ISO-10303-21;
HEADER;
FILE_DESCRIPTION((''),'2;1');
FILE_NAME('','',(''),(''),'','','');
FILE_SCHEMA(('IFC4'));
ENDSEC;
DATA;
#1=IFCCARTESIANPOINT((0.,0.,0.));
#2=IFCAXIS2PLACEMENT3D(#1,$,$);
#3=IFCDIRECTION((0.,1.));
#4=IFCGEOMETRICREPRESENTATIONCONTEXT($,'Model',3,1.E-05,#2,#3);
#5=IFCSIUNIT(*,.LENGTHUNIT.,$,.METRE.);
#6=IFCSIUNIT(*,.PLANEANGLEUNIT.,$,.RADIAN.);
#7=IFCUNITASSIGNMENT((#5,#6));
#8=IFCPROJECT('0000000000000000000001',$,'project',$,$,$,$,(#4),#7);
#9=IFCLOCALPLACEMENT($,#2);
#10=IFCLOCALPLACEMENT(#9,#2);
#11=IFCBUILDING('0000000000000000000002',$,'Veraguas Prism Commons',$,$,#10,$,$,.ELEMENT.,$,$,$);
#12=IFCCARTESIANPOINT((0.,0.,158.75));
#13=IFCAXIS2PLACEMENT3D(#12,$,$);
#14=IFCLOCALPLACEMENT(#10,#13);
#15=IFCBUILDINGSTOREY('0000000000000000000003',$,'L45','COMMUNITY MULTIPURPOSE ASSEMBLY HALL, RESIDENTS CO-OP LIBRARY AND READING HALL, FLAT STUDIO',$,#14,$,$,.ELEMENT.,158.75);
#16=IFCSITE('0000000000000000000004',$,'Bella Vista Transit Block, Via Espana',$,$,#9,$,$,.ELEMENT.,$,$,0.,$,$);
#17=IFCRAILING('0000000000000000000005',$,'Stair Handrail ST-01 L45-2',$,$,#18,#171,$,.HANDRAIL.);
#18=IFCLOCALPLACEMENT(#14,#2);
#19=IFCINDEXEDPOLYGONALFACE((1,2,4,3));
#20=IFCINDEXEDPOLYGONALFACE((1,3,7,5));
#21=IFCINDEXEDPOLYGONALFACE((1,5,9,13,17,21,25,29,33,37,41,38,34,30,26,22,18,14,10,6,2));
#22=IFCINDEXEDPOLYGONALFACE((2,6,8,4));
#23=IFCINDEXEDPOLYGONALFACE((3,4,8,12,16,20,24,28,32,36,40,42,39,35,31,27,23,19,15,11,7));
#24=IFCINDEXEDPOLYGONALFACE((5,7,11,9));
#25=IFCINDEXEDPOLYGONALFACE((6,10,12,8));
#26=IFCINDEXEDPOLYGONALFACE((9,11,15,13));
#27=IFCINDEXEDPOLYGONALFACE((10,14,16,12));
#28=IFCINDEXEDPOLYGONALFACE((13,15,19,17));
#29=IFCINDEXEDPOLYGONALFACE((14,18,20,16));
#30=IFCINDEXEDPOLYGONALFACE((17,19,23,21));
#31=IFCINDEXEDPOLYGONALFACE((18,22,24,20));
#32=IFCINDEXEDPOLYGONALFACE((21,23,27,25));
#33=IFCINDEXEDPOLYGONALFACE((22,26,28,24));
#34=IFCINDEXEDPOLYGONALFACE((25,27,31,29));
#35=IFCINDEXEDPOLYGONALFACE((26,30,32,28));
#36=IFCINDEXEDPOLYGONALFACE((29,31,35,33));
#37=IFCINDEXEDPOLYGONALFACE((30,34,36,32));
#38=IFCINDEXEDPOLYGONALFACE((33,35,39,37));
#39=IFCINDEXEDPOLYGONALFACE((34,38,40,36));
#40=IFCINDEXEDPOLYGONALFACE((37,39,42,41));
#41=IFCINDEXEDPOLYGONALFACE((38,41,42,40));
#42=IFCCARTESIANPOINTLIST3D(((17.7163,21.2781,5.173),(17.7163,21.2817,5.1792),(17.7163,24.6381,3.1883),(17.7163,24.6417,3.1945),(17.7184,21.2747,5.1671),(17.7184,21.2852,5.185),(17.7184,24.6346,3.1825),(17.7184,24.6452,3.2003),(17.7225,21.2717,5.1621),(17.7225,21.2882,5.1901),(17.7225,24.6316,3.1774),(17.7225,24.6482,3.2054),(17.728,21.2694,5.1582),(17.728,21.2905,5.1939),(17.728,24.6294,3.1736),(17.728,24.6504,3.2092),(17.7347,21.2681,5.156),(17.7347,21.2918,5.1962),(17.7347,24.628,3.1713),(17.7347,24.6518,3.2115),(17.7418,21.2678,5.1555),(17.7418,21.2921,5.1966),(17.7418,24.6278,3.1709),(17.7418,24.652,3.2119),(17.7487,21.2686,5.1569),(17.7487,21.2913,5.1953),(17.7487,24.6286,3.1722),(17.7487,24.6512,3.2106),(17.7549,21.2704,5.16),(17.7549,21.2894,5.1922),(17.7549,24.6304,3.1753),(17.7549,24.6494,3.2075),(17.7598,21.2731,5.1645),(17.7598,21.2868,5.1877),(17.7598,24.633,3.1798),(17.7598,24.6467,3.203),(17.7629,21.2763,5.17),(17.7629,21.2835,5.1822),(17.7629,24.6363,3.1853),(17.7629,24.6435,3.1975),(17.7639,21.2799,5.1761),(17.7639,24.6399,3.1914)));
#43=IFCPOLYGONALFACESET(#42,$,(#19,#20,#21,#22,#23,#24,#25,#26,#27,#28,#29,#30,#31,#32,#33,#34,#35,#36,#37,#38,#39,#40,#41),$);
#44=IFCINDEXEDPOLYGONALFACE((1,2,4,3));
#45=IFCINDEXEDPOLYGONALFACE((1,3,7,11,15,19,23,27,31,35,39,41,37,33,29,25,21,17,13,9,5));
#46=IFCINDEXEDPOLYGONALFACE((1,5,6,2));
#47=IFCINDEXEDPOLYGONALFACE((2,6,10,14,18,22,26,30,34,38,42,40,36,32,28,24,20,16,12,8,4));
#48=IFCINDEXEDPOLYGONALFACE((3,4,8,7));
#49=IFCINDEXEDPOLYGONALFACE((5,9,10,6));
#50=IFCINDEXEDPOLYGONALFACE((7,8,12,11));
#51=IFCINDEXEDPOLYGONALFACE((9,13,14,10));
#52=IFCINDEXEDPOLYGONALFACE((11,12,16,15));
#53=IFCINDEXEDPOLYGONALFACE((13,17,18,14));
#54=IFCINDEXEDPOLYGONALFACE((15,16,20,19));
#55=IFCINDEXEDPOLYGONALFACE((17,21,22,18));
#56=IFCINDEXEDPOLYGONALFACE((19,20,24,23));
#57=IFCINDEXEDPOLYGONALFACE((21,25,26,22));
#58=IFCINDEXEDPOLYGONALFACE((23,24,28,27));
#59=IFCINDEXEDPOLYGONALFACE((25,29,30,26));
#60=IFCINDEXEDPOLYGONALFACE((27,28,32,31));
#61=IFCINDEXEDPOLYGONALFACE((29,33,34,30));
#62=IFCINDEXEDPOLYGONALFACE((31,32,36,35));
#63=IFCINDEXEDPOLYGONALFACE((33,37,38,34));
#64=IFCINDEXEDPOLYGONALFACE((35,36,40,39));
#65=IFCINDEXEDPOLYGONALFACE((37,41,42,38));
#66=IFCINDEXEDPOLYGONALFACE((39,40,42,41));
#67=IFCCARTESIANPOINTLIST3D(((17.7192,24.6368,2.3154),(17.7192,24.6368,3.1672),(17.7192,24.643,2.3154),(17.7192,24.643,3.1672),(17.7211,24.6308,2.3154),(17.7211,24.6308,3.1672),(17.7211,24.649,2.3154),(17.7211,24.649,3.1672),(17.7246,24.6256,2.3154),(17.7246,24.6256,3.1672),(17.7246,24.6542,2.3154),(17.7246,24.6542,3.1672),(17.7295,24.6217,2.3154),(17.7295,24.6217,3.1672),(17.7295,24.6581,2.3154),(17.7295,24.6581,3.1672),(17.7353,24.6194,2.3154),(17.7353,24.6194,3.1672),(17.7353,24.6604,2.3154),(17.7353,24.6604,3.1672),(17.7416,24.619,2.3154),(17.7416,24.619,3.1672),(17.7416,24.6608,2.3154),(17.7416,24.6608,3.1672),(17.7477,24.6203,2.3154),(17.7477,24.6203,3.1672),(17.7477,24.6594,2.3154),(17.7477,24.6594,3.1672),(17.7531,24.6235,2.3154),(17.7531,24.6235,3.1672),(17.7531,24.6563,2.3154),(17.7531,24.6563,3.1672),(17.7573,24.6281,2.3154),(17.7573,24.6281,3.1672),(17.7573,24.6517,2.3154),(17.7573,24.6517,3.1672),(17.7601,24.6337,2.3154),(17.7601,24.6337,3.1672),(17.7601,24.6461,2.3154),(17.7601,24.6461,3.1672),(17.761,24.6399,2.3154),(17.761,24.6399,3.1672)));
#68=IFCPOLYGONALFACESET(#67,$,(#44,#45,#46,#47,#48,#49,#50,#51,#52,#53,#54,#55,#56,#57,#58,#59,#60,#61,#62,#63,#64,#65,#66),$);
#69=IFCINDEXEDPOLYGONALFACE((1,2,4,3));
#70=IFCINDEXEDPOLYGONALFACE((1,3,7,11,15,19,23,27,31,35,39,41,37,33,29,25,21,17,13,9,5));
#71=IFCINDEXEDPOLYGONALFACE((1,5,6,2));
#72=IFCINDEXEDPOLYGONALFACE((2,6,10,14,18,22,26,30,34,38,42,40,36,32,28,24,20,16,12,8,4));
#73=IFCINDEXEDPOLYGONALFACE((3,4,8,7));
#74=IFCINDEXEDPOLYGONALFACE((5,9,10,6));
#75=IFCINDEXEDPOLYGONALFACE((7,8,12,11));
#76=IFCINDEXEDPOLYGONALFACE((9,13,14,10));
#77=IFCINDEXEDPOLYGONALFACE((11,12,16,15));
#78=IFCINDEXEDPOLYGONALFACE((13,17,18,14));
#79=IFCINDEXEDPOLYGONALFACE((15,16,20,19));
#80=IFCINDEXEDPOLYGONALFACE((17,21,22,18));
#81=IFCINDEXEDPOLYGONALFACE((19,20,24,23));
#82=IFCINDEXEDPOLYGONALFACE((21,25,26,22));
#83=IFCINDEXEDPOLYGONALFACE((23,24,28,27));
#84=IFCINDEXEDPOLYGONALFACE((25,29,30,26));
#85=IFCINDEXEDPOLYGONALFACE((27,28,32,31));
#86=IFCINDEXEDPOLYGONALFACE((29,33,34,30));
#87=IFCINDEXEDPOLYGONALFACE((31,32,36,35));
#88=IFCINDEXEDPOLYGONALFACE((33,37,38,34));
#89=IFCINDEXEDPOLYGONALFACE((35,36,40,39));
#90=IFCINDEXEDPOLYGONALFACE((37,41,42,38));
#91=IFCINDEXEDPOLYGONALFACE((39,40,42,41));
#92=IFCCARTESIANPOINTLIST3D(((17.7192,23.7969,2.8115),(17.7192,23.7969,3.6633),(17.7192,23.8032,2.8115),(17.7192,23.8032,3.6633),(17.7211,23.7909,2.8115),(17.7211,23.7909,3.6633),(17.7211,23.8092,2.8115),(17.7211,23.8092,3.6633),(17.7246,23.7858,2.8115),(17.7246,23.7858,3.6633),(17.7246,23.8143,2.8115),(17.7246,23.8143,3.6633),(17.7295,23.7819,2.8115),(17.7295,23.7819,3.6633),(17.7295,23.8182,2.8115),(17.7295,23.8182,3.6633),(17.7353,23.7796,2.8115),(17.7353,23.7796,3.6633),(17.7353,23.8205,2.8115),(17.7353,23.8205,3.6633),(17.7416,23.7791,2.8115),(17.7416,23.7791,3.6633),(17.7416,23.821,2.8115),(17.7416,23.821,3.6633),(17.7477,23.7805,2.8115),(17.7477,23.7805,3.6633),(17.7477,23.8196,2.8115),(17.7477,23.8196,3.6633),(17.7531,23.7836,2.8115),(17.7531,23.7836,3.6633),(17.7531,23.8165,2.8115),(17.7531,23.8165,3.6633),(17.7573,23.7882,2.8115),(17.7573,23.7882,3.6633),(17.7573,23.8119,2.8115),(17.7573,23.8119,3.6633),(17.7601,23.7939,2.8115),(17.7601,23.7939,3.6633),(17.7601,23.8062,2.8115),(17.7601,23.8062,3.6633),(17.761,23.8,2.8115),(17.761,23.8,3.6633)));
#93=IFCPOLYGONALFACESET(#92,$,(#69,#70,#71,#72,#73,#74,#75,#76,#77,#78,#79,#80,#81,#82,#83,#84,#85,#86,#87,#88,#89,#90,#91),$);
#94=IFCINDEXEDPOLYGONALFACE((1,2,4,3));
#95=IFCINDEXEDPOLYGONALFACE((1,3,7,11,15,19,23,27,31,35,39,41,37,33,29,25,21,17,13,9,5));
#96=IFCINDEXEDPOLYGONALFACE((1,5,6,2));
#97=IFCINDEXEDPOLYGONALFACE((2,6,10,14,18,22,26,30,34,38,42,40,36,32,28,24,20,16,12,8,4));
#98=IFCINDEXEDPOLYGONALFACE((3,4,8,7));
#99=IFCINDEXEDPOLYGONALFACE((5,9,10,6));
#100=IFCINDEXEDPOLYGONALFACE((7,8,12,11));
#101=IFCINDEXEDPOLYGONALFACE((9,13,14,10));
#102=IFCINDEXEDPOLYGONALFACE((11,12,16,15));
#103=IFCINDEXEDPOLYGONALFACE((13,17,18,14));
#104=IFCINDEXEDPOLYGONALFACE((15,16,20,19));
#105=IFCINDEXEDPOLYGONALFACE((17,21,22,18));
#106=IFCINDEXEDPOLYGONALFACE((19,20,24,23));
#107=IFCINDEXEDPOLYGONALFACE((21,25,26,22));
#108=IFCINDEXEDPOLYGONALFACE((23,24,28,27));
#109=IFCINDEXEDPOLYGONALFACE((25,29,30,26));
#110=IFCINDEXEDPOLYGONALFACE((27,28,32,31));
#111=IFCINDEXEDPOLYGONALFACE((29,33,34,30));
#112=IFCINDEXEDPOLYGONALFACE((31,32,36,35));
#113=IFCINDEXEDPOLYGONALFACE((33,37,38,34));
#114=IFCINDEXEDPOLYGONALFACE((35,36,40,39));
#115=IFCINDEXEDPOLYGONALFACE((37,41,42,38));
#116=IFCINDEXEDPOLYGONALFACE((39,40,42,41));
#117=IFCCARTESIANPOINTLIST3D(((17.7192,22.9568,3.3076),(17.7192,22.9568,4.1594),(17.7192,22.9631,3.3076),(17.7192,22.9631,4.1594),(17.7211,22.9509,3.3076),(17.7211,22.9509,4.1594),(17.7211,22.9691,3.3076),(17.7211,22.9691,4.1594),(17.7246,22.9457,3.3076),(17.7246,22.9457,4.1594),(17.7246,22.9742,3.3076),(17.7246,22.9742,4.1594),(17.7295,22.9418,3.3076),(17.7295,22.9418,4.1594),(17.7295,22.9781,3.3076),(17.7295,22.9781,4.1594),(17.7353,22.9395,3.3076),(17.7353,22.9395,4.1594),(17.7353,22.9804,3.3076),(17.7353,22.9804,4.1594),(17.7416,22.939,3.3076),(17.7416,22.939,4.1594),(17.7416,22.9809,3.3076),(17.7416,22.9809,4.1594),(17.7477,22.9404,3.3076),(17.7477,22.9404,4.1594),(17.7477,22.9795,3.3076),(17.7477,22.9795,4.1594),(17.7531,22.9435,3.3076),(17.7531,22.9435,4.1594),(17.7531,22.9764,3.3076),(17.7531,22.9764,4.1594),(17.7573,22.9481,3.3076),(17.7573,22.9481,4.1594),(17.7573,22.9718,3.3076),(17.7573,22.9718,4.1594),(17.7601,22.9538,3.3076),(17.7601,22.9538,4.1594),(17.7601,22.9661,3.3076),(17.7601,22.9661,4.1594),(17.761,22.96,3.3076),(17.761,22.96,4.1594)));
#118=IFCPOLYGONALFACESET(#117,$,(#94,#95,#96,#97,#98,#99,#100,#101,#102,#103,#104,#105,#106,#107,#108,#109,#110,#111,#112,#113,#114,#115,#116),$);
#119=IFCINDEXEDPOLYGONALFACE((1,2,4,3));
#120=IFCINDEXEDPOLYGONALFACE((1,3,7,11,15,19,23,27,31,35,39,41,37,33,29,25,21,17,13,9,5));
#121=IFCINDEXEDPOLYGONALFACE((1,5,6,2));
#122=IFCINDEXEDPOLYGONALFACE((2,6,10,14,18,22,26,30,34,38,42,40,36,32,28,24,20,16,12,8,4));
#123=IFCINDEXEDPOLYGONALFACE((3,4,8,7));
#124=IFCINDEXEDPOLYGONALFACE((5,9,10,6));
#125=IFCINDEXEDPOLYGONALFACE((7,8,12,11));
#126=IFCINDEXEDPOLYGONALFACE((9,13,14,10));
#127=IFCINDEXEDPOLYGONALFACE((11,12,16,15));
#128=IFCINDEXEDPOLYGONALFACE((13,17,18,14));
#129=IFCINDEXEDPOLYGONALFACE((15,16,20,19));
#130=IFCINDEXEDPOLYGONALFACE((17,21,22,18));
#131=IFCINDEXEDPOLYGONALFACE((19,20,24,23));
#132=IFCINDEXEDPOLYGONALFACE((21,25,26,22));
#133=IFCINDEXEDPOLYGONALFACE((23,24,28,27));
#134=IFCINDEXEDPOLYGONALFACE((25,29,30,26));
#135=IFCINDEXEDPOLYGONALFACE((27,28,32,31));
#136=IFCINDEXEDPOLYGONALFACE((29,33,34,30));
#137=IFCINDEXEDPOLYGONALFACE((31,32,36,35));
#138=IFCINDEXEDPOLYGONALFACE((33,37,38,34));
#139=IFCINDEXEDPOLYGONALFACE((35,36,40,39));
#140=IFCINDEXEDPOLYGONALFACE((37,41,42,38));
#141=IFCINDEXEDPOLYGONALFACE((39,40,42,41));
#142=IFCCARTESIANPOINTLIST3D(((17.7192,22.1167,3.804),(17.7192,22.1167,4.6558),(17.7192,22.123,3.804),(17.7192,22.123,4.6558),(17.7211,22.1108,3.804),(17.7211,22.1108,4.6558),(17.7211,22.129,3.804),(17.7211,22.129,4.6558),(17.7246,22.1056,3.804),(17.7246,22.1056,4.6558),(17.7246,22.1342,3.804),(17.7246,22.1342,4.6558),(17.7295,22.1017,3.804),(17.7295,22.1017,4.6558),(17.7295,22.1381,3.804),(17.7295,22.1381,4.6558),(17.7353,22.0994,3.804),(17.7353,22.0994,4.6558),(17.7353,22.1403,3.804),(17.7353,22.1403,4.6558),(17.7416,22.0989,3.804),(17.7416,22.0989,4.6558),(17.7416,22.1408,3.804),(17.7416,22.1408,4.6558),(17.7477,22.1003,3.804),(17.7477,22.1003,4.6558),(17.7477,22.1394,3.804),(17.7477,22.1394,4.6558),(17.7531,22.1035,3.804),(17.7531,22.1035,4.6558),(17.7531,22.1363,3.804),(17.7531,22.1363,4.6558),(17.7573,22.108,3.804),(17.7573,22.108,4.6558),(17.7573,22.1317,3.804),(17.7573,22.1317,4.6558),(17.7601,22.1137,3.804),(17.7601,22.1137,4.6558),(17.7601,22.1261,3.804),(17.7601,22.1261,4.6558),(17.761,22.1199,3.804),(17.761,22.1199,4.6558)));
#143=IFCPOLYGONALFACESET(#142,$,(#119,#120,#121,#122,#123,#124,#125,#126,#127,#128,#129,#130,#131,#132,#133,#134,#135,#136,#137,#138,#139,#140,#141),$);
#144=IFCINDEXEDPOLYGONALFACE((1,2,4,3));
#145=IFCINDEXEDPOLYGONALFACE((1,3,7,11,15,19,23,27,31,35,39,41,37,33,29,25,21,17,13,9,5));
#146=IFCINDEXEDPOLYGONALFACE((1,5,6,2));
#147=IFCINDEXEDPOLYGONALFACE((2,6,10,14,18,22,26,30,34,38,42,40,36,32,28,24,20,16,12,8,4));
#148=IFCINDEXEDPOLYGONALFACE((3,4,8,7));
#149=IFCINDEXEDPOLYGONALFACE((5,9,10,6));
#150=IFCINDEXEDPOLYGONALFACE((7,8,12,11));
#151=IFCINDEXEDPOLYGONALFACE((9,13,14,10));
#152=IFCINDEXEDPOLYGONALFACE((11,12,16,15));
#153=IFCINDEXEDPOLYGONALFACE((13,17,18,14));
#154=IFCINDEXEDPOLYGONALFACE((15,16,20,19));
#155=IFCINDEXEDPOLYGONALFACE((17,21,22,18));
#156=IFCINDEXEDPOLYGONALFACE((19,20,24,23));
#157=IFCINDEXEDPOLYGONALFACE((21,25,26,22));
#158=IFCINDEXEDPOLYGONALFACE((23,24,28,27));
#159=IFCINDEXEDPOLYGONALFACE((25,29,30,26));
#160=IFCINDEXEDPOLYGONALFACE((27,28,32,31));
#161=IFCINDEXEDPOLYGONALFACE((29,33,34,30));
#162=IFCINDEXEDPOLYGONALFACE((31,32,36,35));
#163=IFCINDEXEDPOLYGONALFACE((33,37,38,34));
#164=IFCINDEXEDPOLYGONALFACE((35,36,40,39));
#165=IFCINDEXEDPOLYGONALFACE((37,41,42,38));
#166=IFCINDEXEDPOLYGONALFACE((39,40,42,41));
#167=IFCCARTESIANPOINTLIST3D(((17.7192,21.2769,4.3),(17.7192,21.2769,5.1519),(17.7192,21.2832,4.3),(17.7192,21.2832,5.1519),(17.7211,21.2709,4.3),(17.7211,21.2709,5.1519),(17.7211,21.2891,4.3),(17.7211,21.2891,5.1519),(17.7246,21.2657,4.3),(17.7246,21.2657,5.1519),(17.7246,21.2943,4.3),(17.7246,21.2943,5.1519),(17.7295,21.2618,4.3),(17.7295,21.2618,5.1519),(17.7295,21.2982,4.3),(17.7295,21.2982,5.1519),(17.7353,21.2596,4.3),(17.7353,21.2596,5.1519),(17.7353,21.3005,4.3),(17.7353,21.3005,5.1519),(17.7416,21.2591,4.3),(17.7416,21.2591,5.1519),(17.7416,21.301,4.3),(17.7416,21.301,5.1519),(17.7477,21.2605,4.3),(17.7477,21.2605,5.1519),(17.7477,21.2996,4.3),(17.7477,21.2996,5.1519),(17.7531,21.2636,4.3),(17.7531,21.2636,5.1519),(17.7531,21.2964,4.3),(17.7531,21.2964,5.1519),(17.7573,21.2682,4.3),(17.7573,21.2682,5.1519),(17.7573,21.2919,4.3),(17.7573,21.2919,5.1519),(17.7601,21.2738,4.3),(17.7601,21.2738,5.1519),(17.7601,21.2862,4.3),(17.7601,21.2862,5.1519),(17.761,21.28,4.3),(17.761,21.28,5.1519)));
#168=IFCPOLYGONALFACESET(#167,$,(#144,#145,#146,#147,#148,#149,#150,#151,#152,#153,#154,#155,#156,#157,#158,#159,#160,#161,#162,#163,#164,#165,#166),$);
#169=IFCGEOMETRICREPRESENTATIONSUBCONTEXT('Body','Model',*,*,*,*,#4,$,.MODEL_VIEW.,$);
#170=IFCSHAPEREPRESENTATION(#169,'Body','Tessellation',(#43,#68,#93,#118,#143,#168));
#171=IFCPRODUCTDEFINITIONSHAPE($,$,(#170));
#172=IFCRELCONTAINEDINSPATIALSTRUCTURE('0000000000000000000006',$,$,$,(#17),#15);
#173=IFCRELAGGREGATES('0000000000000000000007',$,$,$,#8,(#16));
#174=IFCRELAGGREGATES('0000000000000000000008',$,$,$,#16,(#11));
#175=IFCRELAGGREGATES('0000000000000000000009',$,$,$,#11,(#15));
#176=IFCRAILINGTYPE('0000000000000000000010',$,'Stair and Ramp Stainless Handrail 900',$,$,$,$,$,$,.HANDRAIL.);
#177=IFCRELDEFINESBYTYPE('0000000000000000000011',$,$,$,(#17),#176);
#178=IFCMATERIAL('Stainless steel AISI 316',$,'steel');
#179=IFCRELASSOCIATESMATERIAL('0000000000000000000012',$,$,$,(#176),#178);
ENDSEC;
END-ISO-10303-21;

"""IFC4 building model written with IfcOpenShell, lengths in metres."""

from ifc_helpers import new_model, si_unit, direction, frame, origin, origin_2d, place, context, subcontext, project, spatial, circle, extrude, material, type_object, element, save


model = new_model("IFC4")

# Units and contexts
model_context = context("Model", 3, precision=1e-05, world=origin(), true_north=direction((0.0, 1.0)))
body_context = subcontext(model_context, "Body", "Model", "MODEL_VIEW")
ifc_project = project(units=[si_unit("LENGTHUNIT", "METRE"), si_unit("PLANEANGLEUNIT", "RADIAN")], contexts=[model_context])

# Site, building, storey
site_placement = place(None, origin())
site = spatial("IfcSite", under=ifc_project, at=site_placement, Name="Bella Vista Transit Block, Via Espana", CompositionType="ELEMENT", RefElevation=0.0)
building_placement = place(site_placement, origin())
building = spatial("IfcBuilding", under=site, at=building_placement, Name="Veraguas Prism Commons", CompositionType="ELEMENT")
storey_placement = place(building_placement, frame((0.0, 0.0, 158.75)))
storey = spatial("IfcBuildingStorey", under=building, at=storey_placement, Name="L45", Description="COMMUNITY MULTIPURPOSE ASSEMBLY HALL, RESIDENTS CO-OP LIBRARY AND READING HALL, FLAT STUDIO", CompositionType="ELEMENT", Elevation=158.75)

# Railing
ifc_material_1 = material(Name="Stainless steel AISI 316", Category="steel")
railing_type_1 = type_object("IfcRailingType", Name="Stair and Ramp Stainless Handrail 900", PredefinedType="HANDRAIL", material=ifc_material_1)
railing_1_placement = place(storey_placement, frame((17.74, 24.6399, 2.3154)))
element("IfcRailing", 1, at=railing_1_placement, inside=storey, type_object=railing_type_1, Name="Stair Handrail ST-01 L45-2", PredefinedType="HANDRAIL", context=body_context, shape_type="SweptSolid", body=[
    extrude(circle(Radius=0.0239, at=origin_2d()), frame((0.0, 0.0, 0.876), z_axis=(0.0, -0.861011, 0.508586), x_axis=(1.0, 0.0, 0.0)), (0.0, 0.0, 1.0), 3.9023),
    extrude(circle(Radius=0.021, at=origin_2d()), origin(), (0.0, 0.0, 1.0), 0.8518),
    extrude(circle(Radius=0.021, at=origin_2d()), frame((0.0, -0.8398, 0.4961)), (0.0, 0.0, 1.0), 0.8518),
    extrude(circle(Radius=0.021, at=origin_2d()), frame((0.0, -1.6799, 0.9922)), (0.0, 0.0, 1.0), 0.8518),
    extrude(circle(Radius=0.021, at=origin_2d()), frame((0.0, -2.52, 1.4885)), (0.0, 0.0, 1.0), 0.8518),
    extrude(circle(Radius=0.021, at=origin_2d()), frame((0.0, -3.3599, 1.9846)), (0.0, 0.0, 1.0), 0.8518),
])

save(model, "model.ifc")
